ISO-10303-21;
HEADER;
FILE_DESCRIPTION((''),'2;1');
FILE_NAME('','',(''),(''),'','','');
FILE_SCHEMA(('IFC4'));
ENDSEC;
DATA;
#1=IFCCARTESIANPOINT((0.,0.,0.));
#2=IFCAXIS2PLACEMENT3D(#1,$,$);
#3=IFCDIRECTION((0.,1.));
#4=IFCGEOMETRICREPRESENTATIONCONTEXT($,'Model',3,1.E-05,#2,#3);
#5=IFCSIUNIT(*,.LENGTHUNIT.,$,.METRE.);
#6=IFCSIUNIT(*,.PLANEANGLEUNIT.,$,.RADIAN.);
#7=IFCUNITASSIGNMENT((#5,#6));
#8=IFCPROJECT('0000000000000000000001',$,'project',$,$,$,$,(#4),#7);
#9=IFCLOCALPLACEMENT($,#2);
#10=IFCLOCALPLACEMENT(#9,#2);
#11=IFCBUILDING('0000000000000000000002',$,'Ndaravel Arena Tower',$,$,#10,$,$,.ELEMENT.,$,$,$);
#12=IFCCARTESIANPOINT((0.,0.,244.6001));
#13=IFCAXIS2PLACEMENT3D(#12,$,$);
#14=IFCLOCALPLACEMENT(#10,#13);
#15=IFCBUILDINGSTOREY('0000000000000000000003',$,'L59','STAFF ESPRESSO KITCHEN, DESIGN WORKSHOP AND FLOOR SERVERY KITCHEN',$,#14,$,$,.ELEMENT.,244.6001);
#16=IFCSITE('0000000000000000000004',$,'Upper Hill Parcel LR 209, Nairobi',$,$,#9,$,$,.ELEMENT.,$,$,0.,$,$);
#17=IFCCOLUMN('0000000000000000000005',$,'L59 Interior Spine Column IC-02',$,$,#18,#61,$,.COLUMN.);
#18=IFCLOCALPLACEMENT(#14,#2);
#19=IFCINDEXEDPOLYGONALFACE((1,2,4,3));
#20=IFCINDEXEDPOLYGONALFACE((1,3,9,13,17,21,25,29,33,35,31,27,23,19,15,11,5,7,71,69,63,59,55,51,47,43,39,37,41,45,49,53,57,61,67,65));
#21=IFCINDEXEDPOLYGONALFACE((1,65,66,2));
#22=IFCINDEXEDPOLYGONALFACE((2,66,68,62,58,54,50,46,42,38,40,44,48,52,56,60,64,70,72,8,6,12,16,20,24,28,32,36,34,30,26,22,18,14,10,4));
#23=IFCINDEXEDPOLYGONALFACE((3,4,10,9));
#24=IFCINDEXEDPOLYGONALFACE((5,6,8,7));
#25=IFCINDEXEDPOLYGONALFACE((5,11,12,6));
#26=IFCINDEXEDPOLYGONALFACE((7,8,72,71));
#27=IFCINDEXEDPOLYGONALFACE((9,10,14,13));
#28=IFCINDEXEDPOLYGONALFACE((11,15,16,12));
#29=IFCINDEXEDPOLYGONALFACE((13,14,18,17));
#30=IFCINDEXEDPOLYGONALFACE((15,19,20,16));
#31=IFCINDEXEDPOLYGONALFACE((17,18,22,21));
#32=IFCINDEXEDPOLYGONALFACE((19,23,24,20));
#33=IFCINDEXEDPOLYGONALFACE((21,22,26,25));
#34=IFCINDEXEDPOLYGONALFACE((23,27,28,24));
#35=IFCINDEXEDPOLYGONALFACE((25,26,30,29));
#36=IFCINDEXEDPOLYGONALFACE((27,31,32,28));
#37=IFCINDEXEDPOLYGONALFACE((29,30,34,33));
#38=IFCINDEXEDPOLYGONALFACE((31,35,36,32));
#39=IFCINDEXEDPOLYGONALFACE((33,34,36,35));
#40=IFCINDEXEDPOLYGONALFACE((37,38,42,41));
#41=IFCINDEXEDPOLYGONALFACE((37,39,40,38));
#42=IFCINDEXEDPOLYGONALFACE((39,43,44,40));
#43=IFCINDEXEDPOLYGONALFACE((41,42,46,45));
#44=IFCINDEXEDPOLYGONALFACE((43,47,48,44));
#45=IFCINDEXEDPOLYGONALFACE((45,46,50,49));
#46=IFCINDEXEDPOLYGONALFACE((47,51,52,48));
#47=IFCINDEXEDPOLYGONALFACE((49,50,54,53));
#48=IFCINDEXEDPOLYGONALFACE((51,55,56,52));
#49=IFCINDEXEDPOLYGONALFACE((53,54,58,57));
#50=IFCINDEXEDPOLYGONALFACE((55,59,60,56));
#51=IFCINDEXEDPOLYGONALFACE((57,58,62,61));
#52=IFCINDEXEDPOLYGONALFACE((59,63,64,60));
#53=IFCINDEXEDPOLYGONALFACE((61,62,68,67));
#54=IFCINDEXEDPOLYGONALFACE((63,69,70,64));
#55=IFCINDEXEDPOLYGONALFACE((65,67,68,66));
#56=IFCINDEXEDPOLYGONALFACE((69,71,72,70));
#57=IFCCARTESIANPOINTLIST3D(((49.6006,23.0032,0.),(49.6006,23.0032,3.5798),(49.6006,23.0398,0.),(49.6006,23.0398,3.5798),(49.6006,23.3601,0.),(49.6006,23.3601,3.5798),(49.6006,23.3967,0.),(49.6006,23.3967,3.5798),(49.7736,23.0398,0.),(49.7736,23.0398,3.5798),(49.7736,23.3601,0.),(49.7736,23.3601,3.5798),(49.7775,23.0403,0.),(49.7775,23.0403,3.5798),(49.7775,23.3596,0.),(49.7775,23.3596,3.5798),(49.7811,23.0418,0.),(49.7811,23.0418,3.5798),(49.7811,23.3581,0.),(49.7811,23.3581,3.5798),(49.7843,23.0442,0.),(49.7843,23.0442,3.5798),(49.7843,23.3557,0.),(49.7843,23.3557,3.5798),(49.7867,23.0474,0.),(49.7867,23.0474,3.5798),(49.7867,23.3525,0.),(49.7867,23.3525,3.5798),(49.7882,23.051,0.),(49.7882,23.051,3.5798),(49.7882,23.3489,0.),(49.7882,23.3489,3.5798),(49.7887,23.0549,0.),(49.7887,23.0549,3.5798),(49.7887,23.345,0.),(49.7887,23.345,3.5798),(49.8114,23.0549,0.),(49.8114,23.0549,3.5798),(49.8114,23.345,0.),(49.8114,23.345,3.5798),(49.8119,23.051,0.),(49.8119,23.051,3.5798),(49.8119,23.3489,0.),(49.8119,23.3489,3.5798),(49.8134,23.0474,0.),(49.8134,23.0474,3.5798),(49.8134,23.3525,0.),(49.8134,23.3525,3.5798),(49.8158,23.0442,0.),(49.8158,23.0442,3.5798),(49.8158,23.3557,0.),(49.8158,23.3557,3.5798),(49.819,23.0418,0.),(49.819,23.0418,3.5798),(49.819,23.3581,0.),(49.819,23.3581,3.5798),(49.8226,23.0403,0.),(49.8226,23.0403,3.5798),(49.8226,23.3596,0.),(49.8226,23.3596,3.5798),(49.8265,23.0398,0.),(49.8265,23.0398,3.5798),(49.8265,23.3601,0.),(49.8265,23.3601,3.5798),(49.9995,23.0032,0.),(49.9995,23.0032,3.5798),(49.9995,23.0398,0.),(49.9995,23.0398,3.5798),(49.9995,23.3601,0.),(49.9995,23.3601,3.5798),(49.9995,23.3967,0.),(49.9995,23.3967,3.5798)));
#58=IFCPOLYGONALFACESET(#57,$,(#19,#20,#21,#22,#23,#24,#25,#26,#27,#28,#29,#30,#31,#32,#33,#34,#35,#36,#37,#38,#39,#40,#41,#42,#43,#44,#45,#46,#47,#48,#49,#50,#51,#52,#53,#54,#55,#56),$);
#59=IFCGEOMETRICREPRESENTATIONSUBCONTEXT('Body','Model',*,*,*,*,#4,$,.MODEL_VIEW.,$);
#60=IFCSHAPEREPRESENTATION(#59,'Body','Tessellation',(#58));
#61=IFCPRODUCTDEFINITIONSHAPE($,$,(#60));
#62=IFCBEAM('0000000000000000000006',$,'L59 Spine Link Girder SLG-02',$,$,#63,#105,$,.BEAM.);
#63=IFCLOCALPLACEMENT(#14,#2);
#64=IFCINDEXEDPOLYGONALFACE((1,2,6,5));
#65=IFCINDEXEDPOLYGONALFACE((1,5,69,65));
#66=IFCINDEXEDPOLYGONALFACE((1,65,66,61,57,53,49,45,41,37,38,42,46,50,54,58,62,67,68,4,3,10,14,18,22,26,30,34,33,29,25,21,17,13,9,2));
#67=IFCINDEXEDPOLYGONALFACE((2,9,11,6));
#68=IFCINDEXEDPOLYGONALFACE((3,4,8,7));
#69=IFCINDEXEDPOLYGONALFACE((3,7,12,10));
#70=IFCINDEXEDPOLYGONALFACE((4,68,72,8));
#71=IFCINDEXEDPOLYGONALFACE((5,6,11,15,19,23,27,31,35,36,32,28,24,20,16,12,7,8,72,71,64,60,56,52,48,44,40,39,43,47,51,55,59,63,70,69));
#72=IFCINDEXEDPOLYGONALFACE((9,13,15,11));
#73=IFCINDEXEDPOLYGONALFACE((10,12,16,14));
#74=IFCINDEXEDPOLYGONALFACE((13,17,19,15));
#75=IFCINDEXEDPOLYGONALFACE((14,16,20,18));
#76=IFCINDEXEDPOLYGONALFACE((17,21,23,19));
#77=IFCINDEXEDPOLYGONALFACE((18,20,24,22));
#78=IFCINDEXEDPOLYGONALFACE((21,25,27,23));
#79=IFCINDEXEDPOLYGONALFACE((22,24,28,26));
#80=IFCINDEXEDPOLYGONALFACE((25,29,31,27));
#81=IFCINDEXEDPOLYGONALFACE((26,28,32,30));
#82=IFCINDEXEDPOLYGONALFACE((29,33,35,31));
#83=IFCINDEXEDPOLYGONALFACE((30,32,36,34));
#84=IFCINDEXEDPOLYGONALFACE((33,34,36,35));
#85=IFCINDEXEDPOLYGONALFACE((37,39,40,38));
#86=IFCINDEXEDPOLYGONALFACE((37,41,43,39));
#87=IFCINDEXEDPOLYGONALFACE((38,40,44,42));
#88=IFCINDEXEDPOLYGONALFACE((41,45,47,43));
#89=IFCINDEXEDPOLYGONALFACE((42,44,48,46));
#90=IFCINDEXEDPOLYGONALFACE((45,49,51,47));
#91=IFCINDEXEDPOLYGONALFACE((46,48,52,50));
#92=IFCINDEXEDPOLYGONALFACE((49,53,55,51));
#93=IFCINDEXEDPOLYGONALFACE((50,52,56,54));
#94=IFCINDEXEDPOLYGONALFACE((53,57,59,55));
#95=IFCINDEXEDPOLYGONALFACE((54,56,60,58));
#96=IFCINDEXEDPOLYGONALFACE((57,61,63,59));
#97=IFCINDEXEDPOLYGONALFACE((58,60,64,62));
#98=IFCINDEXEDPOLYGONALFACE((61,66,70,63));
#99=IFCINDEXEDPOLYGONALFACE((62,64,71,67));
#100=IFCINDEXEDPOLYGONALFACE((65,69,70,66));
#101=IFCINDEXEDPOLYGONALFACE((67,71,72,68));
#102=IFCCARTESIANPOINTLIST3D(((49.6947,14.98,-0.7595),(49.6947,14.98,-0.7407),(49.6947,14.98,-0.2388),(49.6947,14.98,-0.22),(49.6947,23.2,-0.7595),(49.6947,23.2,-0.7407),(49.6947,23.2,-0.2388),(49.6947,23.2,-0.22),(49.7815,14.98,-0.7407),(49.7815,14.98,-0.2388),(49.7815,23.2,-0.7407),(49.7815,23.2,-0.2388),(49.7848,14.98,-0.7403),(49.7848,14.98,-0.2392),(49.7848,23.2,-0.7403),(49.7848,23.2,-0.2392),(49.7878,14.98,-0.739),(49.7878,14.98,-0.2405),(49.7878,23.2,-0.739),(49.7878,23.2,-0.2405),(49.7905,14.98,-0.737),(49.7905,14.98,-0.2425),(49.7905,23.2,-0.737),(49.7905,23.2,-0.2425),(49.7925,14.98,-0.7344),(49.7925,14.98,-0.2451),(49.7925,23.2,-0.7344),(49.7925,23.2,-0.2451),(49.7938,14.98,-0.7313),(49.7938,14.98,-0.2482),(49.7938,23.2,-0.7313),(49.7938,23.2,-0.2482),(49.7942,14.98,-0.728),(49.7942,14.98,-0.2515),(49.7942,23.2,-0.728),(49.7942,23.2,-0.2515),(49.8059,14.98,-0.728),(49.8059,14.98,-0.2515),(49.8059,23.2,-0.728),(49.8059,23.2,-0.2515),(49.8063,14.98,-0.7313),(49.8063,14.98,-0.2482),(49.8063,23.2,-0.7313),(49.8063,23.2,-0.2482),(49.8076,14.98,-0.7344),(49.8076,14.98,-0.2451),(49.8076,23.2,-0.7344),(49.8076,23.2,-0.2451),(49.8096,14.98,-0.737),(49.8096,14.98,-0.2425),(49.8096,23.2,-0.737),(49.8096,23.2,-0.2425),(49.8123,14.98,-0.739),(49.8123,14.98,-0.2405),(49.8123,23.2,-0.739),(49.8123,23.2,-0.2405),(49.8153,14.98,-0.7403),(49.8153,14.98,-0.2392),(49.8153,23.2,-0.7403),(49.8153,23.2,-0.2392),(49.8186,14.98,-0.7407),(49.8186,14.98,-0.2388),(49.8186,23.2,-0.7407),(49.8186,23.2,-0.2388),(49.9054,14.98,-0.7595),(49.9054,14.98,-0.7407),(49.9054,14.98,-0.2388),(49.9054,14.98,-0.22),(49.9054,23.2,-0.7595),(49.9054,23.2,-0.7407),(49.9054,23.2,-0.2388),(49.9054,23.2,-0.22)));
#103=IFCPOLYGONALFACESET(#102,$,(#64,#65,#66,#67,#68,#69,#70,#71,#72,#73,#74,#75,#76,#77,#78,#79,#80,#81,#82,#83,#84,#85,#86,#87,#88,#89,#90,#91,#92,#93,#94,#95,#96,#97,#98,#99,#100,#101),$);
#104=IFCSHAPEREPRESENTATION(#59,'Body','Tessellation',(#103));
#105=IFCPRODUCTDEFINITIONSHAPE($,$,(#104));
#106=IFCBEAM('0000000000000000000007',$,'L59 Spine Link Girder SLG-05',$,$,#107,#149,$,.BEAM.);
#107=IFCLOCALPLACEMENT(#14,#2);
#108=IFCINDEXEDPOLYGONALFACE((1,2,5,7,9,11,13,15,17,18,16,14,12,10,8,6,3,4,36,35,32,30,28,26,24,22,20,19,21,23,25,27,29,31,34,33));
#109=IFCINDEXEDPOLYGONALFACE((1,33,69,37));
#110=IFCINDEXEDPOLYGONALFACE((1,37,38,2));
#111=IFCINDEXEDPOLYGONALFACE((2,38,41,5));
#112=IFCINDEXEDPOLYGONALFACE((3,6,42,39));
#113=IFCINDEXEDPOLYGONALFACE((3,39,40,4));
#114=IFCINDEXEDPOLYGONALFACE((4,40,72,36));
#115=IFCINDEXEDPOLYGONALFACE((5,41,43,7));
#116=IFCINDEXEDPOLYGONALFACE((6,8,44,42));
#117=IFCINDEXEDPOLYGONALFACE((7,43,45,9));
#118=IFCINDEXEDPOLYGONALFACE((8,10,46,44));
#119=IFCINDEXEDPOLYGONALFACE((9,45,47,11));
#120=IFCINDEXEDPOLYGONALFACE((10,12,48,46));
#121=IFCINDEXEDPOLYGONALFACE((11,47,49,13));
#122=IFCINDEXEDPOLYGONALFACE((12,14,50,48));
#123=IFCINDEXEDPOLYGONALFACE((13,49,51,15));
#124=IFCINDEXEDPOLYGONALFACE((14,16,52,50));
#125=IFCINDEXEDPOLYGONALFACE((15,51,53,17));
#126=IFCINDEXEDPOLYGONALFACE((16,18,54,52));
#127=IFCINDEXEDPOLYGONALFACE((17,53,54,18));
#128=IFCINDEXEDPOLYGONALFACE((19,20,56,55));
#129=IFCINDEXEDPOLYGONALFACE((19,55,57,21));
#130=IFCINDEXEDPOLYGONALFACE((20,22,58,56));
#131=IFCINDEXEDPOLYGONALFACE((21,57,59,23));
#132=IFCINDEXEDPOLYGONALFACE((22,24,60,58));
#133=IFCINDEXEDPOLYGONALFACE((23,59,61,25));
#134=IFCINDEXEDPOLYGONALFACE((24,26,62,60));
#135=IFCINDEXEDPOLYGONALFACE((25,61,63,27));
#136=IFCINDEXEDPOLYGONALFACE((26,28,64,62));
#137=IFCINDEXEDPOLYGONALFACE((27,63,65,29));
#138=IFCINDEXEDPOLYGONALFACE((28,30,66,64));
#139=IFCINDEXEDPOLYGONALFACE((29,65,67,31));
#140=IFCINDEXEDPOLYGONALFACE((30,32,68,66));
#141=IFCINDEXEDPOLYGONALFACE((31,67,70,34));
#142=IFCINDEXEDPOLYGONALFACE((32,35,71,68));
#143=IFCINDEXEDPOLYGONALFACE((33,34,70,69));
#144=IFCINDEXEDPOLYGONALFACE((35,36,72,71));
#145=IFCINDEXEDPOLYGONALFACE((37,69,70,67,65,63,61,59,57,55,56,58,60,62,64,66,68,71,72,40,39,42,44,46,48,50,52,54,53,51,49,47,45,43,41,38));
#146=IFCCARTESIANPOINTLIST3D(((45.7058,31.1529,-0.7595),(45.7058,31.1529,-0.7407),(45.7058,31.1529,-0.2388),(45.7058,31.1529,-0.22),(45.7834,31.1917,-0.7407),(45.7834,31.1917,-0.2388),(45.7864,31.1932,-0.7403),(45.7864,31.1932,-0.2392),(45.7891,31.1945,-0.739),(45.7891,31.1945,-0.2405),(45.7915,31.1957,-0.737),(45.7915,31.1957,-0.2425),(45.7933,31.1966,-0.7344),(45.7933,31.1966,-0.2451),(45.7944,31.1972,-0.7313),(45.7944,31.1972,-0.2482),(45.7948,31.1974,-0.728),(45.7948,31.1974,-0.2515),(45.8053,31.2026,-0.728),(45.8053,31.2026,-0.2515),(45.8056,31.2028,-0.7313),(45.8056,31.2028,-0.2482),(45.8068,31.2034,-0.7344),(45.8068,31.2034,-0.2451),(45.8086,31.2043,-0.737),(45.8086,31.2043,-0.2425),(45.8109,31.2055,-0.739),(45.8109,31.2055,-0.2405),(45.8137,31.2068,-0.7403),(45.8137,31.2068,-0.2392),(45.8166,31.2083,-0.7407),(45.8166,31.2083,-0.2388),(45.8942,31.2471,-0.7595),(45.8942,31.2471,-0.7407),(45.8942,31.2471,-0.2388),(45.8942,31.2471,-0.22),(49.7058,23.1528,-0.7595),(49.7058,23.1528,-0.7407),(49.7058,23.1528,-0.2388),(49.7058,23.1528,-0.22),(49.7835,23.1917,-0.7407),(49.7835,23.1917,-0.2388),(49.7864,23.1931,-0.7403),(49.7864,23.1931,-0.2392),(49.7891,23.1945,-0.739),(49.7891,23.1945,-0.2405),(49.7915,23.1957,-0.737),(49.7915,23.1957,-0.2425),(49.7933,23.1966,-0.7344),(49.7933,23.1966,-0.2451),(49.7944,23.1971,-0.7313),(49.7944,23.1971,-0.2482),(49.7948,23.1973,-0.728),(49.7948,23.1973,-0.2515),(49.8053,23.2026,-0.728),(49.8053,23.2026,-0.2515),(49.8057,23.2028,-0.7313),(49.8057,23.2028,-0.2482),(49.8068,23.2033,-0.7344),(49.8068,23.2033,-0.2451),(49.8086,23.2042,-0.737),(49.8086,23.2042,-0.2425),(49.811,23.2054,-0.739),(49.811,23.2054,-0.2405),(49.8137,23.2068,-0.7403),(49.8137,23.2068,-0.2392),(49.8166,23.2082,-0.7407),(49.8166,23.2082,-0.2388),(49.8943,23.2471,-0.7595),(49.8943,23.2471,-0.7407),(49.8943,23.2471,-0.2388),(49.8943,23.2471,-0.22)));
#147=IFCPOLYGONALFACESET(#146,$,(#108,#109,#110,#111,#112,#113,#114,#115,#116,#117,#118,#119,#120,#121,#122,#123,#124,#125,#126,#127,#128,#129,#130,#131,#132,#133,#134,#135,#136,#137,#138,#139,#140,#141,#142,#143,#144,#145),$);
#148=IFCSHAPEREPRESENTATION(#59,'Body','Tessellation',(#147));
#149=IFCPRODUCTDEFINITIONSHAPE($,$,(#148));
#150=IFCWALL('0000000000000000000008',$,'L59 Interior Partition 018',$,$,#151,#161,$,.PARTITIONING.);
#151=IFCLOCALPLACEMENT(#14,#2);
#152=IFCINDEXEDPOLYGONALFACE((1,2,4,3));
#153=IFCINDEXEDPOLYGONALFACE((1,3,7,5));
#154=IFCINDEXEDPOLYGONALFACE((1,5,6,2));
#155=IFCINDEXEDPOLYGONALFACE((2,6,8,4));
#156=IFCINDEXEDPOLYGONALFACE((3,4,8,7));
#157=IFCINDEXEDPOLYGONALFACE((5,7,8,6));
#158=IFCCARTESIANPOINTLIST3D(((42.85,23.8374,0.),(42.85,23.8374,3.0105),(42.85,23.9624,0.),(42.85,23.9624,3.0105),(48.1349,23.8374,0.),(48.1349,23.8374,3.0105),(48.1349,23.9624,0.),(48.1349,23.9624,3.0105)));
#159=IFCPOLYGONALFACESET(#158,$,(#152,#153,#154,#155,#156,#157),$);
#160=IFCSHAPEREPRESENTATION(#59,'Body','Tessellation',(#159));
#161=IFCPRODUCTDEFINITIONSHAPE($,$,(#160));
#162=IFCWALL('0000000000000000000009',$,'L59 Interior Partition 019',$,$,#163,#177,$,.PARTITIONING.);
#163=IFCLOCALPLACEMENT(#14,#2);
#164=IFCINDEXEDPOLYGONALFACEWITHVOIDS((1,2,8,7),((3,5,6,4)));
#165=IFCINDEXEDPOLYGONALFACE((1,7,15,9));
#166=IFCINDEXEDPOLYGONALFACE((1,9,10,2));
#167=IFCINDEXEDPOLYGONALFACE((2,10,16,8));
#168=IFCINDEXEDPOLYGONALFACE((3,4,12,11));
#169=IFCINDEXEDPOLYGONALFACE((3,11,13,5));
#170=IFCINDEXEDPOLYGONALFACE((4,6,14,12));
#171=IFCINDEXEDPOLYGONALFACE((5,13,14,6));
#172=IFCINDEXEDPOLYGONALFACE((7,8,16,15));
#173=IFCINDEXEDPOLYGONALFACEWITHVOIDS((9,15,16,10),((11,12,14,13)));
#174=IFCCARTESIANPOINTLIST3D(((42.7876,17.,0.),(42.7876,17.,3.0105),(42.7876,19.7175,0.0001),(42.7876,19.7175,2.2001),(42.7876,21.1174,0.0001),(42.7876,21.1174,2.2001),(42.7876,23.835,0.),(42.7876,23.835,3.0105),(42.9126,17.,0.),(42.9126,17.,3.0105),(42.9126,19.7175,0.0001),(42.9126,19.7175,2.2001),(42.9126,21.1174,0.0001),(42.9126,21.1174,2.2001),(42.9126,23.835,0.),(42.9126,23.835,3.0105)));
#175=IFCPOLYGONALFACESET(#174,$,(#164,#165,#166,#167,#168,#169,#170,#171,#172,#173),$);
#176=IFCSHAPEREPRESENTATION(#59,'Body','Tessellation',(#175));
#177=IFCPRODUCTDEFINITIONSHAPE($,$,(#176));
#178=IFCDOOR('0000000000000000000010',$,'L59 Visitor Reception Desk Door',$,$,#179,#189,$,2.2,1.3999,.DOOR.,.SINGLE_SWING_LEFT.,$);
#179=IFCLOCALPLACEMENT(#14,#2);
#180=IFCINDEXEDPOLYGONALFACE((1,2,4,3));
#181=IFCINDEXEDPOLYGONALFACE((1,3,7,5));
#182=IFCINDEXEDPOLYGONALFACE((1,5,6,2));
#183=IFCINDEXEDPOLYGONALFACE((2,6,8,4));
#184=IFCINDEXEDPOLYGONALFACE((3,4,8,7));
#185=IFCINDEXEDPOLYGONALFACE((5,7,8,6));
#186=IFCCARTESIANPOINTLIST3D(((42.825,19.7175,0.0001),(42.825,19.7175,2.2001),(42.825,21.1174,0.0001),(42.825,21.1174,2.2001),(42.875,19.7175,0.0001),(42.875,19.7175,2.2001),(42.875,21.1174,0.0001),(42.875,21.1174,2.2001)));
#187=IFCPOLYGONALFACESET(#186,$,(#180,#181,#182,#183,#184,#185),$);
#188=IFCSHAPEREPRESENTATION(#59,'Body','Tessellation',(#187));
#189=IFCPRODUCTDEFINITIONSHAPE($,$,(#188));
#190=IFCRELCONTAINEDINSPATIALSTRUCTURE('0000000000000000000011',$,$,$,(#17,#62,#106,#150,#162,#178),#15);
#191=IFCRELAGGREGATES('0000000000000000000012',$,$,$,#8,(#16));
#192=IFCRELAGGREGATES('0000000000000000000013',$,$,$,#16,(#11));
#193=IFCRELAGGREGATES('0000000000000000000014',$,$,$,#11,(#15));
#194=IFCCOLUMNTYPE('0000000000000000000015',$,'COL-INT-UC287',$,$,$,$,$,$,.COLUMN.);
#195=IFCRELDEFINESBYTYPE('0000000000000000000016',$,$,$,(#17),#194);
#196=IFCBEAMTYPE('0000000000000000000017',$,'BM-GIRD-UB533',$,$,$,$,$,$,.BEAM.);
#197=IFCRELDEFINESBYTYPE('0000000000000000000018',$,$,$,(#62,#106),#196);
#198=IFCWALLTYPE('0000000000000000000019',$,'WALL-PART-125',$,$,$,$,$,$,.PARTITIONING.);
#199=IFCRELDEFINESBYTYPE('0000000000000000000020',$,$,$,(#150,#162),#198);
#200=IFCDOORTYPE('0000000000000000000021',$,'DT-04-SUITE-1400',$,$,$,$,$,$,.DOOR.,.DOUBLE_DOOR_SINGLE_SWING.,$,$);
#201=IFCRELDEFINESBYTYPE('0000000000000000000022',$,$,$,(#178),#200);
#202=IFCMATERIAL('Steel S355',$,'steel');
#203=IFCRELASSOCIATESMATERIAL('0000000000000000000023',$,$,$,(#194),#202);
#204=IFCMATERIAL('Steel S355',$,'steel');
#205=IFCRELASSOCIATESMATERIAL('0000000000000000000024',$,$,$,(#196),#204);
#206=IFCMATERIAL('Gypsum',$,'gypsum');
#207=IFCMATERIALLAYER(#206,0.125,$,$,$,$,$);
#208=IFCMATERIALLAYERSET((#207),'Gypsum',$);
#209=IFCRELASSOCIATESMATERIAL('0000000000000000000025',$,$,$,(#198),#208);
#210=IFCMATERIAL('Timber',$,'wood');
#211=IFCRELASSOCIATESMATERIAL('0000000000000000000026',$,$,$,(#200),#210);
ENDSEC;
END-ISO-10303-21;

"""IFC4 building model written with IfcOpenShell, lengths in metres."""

from ifc_helpers import new_model, si_unit, direction, frame, frame_2d, origin, origin_2d, place, context, subcontext, project, spatial, rectangle, i_section, extrude, material, layer, layer_set, material_profile, profile_set, type_object, element, fill, save


model = new_model("IFC4")

# Units and contexts
model_context = context("Model", 3, precision=1e-05, world=origin(), true_north=direction((0.0, 1.0)))
body_context = subcontext(model_context, "Body", "Model", "MODEL_VIEW")
ifc_project = project(units=[si_unit("LENGTHUNIT", "METRE"), si_unit("PLANEANGLEUNIT", "RADIAN")], contexts=[model_context])

# Site, building, storey
site_placement = place(None, origin())
site = spatial("IfcSite", under=ifc_project, at=site_placement, Name="Upper Hill Parcel LR 209, Nairobi", CompositionType="ELEMENT", RefElevation=0.0)
building_placement = place(site_placement, origin())
building = spatial("IfcBuilding", under=site, at=building_placement, Name="Ndaravel Arena Tower", CompositionType="ELEMENT")
storey_placement = place(building_placement, frame((0.0, 0.0, 244.6001)))
storey = spatial("IfcBuildingStorey", under=building, at=storey_placement, Name="L59", Description="STAFF ESPRESSO KITCHEN, DESIGN WORKSHOP AND FLOOR SERVERY KITCHEN", CompositionType="ELEMENT", Elevation=244.6001)

# Column
ifc_material_1 = material(Name="Steel S355", Category="steel")
ifc_material_profile_1 = material_profile(ifc_material_1, i_section(OverallWidth=0.3989, OverallDepth=0.3936, WebThickness=0.0227, FlangeThickness=0.0366, FilletRadius=0.0151, at=origin_2d()), Name="UC 356x406x287")
ifc_profile_set_1 = profile_set([ifc_material_profile_1], Name="Steel S355")
column_type = type_object("IfcColumnType", Name="COL-INT-UC287", PredefinedType="COLUMN", material=ifc_profile_set_1)
column_placement = place(storey_placement, frame((49.8, 23.2, 0.0), z_axis=(0.0, 0.0, 1.0), x_axis=(1.0, 0.0, 0.0)))
element("IfcColumn", 1, at=column_placement, inside=storey, type_object=column_type, Name="L59 Interior Spine Column IC-02", PredefinedType="COLUMN", context=body_context, shape_type="SweptSolid", body=[
    extrude(i_section(OverallWidth=0.3989, OverallDepth=0.3936, WebThickness=0.0227, FlangeThickness=0.0366, FilletRadius=0.0151, at=origin_2d()), origin(), (0.0, 0.0, 1.0), 3.5798),
])

# Beams
ifc_material_2 = material(Name="Steel S355", Category="steel")
ifc_material_profile_2 = material_profile(ifc_material_2, i_section(OverallWidth=0.2107, OverallDepth=0.5396, WebThickness=0.0117, FlangeThickness=0.0188, FilletRadius=0.0127, at=origin_2d()), Name="UB 533x210x109")
ifc_profile_set_2 = profile_set([ifc_material_profile_2], Name="Steel S355")
beam_type = type_object("IfcBeamType", Name="BM-GIRD-UB533", PredefinedType="BEAM", material=ifc_profile_set_2)
beam_1_placement = place(storey_placement, frame((49.8, 14.98, -0.4897), z_axis=(0.0, 1.0, 0.0), x_axis=(-1.0, 0.0, 0.0)))
element("IfcBeam", 2, at=beam_1_placement, inside=storey, type_object=beam_type, Name="L59 Spine Link Girder SLG-02", PredefinedType="BEAM", context=body_context, shape_type="SweptSolid", body=[
    extrude(i_section(OverallWidth=0.2107, OverallDepth=0.5396, WebThickness=0.0117, FlangeThickness=0.0188, FilletRadius=0.0127, at=origin_2d()), origin(), (0.0, 0.0, 1.0), 8.22),
])
beam_2_placement = place(storey_placement, frame((49.8, 23.2, -0.4897), z_axis=(-0.447214, 0.894427, 0.0), x_axis=(-0.894427, -0.447214, 0.0)))
element("IfcBeam", 3, at=beam_2_placement, inside=storey, type_object=beam_type, Name="L59 Spine Link Girder SLG-05", PredefinedType="BEAM", context=body_context, shape_type="SweptSolid", body=[
    extrude(i_section(OverallWidth=0.2107, OverallDepth=0.5396, WebThickness=0.0117, FlangeThickness=0.0188, FilletRadius=0.0127, at=origin_2d()), origin(), (0.0, 0.0, 1.0), 8.9443),
])

# Wall
ifc_material_3 = material(Name="Gypsum", Category="gypsum")
ifc_layer_1 = layer(ifc_material_3, 0.125)
ifc_layer_set_1 = layer_set([ifc_layer_1], Name="Gypsum")
wall_type_1 = type_object("IfcWallType", Name="WALL-PART-125", PredefinedType="PARTITIONING", material=ifc_layer_set_1)
wall_1_placement = place(storey_placement, frame((48.135, 23.8999, 0.0), z_axis=(0.0, 0.0, 1.0), x_axis=(-1.0, 0.0, 0.0)))
element("IfcWall", 4, at=wall_1_placement, inside=storey, type_object=wall_type_1, Name="L59 Interior Partition 018", PredefinedType="PARTITIONING", context=body_context, shape_type="SweptSolid", body=[
    extrude(rectangle(XDim=5.2849, YDim=0.125, at=frame_2d((2.6426, 0.0))), origin(), (0.0, 0.0, 1.0), 3.0105),
])

# Wall, opening, door
wall_2_placement = place(storey_placement, frame((42.8501, 23.835, 0.0), z_axis=(0.0, 0.0, 1.0), x_axis=(0.0, -1.0, 0.0)))
wall_2 = element("IfcWall", 5, at=wall_2_placement, inside=storey, type_object=wall_type_1, Name="L59 Interior Partition 019", PredefinedType="PARTITIONING", context=body_context, shape_type="SweptSolid", body=[
    extrude(rectangle(XDim=6.835, YDim=0.125, at=frame_2d((3.4175, 0.0))), origin(), (0.0, 0.0, 1.0), 3.0105),
])
opening_1_placement = place(wall_2_placement, frame((2.7175, 0.0, 0.0)))
opening_1 = element("IfcOpeningElement", 6, at=opening_1_placement, cuts=wall_2, PredefinedType="OPENING", context=body_context, shape_type="SweptSolid", body=[
    extrude(rectangle(XDim=1.3999, YDim=2.2, at=frame_2d((0.7, 1.1001))), frame((0.0, 0.0625, 0.0), z_axis=(0.0, -1.0, 0.0), x_axis=(1.0, 0.0, 0.0)), (0.0, 0.0, 1.0), 0.125),
])
ifc_material_4 = material(Name="Timber", Category="wood")
door_type_1 = type_object("IfcDoorType", Name="DT-04-SUITE-1400", OperationType="DOUBLE_DOOR_SINGLE_SWING", PredefinedType="DOOR", material=ifc_material_4)
door_1_placement = place(opening_1_placement, origin())
door_1 = element("IfcDoor", 7, at=door_1_placement, inside=storey, type_object=door_type_1, Name="L59 Visitor Reception Desk Door", OperationType="SINGLE_SWING_LEFT", OverallHeight=2.2, OverallWidth=1.3999, PredefinedType="DOOR", context=body_context, shape_type="SweptSolid", body=[
    extrude(rectangle(XDim=1.3999, YDim=2.2, at=frame_2d((0.7, 1.1001))), frame((0.0, 0.0249, 0.0), z_axis=(0.0, -1.0, 0.0), x_axis=(1.0, 0.0, 0.0)), (0.0, 0.0, 1.0), 0.05),
])
fill(opening_1, door_1)

save(model, "model.ifc")
